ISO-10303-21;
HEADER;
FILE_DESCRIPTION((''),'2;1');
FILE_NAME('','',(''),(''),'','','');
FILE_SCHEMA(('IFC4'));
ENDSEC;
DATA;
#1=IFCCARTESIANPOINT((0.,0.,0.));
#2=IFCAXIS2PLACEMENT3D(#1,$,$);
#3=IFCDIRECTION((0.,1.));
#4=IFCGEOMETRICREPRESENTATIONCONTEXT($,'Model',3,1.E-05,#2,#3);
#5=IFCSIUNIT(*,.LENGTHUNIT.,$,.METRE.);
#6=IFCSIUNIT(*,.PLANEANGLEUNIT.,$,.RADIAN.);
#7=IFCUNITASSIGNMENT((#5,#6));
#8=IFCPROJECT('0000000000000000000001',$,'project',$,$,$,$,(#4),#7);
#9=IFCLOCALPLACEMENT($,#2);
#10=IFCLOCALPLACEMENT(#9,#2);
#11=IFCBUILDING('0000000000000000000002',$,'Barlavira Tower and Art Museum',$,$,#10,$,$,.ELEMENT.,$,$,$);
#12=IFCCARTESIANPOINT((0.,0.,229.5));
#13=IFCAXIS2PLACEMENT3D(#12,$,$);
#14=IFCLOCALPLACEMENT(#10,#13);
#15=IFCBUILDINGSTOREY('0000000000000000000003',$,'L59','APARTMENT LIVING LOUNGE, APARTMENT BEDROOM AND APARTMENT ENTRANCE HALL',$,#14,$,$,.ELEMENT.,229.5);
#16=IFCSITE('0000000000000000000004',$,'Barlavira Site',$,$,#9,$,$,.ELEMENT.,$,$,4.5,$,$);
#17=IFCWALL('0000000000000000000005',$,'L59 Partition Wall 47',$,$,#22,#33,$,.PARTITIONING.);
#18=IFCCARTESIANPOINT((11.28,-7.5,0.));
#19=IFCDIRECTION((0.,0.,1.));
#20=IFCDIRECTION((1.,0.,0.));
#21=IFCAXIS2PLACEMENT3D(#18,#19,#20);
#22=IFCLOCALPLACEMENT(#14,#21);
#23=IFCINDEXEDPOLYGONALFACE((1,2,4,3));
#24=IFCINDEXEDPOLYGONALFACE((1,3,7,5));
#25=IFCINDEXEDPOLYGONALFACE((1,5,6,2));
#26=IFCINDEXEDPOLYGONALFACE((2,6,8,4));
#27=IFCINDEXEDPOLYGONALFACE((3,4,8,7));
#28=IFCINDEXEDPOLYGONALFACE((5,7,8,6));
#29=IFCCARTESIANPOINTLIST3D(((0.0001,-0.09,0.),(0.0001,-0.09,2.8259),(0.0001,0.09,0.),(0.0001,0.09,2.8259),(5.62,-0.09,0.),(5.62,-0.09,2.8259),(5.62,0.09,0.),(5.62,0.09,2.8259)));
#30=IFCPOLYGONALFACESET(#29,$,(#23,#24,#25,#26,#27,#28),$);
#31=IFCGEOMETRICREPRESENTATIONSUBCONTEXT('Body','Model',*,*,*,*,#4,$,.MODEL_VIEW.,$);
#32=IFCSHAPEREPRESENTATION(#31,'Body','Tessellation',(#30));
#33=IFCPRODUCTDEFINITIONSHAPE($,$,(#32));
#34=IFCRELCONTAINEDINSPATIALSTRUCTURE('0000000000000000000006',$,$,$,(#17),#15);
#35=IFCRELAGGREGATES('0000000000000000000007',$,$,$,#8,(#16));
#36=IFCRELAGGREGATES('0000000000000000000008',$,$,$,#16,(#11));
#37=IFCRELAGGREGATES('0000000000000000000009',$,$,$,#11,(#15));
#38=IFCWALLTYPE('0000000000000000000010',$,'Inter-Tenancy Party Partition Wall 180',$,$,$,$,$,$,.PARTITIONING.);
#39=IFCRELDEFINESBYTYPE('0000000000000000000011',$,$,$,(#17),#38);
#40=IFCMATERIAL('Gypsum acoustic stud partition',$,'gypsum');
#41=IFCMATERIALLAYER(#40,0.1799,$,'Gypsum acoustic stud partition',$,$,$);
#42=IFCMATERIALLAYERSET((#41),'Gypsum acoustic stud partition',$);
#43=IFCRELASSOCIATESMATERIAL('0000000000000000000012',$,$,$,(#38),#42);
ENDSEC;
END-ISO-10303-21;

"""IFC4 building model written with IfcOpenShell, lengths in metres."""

from ifc_helpers import new_model, si_unit, direction, frame, frame_2d, origin, place, context, subcontext, project, spatial, rectangle, extrude, material, layer, layer_set, type_object, element, save


model = new_model("IFC4")

# Units and contexts
model_context = context("Model", 3, precision=1e-05, world=origin(), true_north=direction((0.0, 1.0)))
body_context = subcontext(model_context, "Body", "Model", "MODEL_VIEW")
ifc_project = project(units=[si_unit("LENGTHUNIT", "METRE"), si_unit("PLANEANGLEUNIT", "RADIAN")], contexts=[model_context])

# Site, building, storey
site_placement = place(None, origin())
site = spatial("IfcSite", under=ifc_project, at=site_placement, Name="Barlavira Site", CompositionType="ELEMENT", RefElevation=4.5)
building_placement = place(site_placement, origin())
building = spatial("IfcBuilding", under=site, at=building_placement, Name="Barlavira Tower and Art Museum", CompositionType="ELEMENT")
storey_placement = place(building_placement, frame((0.0, 0.0, 229.5)))
storey = spatial("IfcBuildingStorey", under=building, at=storey_placement, Name="L59", Description="APARTMENT LIVING LOUNGE, APARTMENT BEDROOM AND APARTMENT ENTRANCE HALL", CompositionType="ELEMENT", Elevation=229.5)

# Shared definitions
ifc_material_1 = material(Name="Gypsum acoustic stud partition", Category="gypsum")

# Wall
ifc_layer_1 = layer(ifc_material_1, 0.1799, Name="Gypsum acoustic stud partition")
ifc_layer_set_1 = layer_set([ifc_layer_1], Name="Gypsum acoustic stud partition")
wall_type_1 = type_object("IfcWallType", Name="Inter-Tenancy Party Partition Wall 180", PredefinedType="PARTITIONING", material=ifc_layer_set_1)
wall_1_placement = place(storey_placement, frame((11.28, -7.5, 0.0), z_axis=(0.0, 0.0, 1.0), x_axis=(1.0, 0.0, 0.0)))
element("IfcWall", 1, at=wall_1_placement, inside=storey, type_object=wall_type_1, Name="L59 Partition Wall 47", PredefinedType="PARTITIONING", context=body_context, shape_type="SweptSolid", body=[
    extrude(rectangle(XDim=5.6199, YDim=0.1799, at=frame_2d((2.8101, 0.0))), origin(), (0.0, 0.0, 1.0), 2.8259),
])

save(model, "model.ifc")
